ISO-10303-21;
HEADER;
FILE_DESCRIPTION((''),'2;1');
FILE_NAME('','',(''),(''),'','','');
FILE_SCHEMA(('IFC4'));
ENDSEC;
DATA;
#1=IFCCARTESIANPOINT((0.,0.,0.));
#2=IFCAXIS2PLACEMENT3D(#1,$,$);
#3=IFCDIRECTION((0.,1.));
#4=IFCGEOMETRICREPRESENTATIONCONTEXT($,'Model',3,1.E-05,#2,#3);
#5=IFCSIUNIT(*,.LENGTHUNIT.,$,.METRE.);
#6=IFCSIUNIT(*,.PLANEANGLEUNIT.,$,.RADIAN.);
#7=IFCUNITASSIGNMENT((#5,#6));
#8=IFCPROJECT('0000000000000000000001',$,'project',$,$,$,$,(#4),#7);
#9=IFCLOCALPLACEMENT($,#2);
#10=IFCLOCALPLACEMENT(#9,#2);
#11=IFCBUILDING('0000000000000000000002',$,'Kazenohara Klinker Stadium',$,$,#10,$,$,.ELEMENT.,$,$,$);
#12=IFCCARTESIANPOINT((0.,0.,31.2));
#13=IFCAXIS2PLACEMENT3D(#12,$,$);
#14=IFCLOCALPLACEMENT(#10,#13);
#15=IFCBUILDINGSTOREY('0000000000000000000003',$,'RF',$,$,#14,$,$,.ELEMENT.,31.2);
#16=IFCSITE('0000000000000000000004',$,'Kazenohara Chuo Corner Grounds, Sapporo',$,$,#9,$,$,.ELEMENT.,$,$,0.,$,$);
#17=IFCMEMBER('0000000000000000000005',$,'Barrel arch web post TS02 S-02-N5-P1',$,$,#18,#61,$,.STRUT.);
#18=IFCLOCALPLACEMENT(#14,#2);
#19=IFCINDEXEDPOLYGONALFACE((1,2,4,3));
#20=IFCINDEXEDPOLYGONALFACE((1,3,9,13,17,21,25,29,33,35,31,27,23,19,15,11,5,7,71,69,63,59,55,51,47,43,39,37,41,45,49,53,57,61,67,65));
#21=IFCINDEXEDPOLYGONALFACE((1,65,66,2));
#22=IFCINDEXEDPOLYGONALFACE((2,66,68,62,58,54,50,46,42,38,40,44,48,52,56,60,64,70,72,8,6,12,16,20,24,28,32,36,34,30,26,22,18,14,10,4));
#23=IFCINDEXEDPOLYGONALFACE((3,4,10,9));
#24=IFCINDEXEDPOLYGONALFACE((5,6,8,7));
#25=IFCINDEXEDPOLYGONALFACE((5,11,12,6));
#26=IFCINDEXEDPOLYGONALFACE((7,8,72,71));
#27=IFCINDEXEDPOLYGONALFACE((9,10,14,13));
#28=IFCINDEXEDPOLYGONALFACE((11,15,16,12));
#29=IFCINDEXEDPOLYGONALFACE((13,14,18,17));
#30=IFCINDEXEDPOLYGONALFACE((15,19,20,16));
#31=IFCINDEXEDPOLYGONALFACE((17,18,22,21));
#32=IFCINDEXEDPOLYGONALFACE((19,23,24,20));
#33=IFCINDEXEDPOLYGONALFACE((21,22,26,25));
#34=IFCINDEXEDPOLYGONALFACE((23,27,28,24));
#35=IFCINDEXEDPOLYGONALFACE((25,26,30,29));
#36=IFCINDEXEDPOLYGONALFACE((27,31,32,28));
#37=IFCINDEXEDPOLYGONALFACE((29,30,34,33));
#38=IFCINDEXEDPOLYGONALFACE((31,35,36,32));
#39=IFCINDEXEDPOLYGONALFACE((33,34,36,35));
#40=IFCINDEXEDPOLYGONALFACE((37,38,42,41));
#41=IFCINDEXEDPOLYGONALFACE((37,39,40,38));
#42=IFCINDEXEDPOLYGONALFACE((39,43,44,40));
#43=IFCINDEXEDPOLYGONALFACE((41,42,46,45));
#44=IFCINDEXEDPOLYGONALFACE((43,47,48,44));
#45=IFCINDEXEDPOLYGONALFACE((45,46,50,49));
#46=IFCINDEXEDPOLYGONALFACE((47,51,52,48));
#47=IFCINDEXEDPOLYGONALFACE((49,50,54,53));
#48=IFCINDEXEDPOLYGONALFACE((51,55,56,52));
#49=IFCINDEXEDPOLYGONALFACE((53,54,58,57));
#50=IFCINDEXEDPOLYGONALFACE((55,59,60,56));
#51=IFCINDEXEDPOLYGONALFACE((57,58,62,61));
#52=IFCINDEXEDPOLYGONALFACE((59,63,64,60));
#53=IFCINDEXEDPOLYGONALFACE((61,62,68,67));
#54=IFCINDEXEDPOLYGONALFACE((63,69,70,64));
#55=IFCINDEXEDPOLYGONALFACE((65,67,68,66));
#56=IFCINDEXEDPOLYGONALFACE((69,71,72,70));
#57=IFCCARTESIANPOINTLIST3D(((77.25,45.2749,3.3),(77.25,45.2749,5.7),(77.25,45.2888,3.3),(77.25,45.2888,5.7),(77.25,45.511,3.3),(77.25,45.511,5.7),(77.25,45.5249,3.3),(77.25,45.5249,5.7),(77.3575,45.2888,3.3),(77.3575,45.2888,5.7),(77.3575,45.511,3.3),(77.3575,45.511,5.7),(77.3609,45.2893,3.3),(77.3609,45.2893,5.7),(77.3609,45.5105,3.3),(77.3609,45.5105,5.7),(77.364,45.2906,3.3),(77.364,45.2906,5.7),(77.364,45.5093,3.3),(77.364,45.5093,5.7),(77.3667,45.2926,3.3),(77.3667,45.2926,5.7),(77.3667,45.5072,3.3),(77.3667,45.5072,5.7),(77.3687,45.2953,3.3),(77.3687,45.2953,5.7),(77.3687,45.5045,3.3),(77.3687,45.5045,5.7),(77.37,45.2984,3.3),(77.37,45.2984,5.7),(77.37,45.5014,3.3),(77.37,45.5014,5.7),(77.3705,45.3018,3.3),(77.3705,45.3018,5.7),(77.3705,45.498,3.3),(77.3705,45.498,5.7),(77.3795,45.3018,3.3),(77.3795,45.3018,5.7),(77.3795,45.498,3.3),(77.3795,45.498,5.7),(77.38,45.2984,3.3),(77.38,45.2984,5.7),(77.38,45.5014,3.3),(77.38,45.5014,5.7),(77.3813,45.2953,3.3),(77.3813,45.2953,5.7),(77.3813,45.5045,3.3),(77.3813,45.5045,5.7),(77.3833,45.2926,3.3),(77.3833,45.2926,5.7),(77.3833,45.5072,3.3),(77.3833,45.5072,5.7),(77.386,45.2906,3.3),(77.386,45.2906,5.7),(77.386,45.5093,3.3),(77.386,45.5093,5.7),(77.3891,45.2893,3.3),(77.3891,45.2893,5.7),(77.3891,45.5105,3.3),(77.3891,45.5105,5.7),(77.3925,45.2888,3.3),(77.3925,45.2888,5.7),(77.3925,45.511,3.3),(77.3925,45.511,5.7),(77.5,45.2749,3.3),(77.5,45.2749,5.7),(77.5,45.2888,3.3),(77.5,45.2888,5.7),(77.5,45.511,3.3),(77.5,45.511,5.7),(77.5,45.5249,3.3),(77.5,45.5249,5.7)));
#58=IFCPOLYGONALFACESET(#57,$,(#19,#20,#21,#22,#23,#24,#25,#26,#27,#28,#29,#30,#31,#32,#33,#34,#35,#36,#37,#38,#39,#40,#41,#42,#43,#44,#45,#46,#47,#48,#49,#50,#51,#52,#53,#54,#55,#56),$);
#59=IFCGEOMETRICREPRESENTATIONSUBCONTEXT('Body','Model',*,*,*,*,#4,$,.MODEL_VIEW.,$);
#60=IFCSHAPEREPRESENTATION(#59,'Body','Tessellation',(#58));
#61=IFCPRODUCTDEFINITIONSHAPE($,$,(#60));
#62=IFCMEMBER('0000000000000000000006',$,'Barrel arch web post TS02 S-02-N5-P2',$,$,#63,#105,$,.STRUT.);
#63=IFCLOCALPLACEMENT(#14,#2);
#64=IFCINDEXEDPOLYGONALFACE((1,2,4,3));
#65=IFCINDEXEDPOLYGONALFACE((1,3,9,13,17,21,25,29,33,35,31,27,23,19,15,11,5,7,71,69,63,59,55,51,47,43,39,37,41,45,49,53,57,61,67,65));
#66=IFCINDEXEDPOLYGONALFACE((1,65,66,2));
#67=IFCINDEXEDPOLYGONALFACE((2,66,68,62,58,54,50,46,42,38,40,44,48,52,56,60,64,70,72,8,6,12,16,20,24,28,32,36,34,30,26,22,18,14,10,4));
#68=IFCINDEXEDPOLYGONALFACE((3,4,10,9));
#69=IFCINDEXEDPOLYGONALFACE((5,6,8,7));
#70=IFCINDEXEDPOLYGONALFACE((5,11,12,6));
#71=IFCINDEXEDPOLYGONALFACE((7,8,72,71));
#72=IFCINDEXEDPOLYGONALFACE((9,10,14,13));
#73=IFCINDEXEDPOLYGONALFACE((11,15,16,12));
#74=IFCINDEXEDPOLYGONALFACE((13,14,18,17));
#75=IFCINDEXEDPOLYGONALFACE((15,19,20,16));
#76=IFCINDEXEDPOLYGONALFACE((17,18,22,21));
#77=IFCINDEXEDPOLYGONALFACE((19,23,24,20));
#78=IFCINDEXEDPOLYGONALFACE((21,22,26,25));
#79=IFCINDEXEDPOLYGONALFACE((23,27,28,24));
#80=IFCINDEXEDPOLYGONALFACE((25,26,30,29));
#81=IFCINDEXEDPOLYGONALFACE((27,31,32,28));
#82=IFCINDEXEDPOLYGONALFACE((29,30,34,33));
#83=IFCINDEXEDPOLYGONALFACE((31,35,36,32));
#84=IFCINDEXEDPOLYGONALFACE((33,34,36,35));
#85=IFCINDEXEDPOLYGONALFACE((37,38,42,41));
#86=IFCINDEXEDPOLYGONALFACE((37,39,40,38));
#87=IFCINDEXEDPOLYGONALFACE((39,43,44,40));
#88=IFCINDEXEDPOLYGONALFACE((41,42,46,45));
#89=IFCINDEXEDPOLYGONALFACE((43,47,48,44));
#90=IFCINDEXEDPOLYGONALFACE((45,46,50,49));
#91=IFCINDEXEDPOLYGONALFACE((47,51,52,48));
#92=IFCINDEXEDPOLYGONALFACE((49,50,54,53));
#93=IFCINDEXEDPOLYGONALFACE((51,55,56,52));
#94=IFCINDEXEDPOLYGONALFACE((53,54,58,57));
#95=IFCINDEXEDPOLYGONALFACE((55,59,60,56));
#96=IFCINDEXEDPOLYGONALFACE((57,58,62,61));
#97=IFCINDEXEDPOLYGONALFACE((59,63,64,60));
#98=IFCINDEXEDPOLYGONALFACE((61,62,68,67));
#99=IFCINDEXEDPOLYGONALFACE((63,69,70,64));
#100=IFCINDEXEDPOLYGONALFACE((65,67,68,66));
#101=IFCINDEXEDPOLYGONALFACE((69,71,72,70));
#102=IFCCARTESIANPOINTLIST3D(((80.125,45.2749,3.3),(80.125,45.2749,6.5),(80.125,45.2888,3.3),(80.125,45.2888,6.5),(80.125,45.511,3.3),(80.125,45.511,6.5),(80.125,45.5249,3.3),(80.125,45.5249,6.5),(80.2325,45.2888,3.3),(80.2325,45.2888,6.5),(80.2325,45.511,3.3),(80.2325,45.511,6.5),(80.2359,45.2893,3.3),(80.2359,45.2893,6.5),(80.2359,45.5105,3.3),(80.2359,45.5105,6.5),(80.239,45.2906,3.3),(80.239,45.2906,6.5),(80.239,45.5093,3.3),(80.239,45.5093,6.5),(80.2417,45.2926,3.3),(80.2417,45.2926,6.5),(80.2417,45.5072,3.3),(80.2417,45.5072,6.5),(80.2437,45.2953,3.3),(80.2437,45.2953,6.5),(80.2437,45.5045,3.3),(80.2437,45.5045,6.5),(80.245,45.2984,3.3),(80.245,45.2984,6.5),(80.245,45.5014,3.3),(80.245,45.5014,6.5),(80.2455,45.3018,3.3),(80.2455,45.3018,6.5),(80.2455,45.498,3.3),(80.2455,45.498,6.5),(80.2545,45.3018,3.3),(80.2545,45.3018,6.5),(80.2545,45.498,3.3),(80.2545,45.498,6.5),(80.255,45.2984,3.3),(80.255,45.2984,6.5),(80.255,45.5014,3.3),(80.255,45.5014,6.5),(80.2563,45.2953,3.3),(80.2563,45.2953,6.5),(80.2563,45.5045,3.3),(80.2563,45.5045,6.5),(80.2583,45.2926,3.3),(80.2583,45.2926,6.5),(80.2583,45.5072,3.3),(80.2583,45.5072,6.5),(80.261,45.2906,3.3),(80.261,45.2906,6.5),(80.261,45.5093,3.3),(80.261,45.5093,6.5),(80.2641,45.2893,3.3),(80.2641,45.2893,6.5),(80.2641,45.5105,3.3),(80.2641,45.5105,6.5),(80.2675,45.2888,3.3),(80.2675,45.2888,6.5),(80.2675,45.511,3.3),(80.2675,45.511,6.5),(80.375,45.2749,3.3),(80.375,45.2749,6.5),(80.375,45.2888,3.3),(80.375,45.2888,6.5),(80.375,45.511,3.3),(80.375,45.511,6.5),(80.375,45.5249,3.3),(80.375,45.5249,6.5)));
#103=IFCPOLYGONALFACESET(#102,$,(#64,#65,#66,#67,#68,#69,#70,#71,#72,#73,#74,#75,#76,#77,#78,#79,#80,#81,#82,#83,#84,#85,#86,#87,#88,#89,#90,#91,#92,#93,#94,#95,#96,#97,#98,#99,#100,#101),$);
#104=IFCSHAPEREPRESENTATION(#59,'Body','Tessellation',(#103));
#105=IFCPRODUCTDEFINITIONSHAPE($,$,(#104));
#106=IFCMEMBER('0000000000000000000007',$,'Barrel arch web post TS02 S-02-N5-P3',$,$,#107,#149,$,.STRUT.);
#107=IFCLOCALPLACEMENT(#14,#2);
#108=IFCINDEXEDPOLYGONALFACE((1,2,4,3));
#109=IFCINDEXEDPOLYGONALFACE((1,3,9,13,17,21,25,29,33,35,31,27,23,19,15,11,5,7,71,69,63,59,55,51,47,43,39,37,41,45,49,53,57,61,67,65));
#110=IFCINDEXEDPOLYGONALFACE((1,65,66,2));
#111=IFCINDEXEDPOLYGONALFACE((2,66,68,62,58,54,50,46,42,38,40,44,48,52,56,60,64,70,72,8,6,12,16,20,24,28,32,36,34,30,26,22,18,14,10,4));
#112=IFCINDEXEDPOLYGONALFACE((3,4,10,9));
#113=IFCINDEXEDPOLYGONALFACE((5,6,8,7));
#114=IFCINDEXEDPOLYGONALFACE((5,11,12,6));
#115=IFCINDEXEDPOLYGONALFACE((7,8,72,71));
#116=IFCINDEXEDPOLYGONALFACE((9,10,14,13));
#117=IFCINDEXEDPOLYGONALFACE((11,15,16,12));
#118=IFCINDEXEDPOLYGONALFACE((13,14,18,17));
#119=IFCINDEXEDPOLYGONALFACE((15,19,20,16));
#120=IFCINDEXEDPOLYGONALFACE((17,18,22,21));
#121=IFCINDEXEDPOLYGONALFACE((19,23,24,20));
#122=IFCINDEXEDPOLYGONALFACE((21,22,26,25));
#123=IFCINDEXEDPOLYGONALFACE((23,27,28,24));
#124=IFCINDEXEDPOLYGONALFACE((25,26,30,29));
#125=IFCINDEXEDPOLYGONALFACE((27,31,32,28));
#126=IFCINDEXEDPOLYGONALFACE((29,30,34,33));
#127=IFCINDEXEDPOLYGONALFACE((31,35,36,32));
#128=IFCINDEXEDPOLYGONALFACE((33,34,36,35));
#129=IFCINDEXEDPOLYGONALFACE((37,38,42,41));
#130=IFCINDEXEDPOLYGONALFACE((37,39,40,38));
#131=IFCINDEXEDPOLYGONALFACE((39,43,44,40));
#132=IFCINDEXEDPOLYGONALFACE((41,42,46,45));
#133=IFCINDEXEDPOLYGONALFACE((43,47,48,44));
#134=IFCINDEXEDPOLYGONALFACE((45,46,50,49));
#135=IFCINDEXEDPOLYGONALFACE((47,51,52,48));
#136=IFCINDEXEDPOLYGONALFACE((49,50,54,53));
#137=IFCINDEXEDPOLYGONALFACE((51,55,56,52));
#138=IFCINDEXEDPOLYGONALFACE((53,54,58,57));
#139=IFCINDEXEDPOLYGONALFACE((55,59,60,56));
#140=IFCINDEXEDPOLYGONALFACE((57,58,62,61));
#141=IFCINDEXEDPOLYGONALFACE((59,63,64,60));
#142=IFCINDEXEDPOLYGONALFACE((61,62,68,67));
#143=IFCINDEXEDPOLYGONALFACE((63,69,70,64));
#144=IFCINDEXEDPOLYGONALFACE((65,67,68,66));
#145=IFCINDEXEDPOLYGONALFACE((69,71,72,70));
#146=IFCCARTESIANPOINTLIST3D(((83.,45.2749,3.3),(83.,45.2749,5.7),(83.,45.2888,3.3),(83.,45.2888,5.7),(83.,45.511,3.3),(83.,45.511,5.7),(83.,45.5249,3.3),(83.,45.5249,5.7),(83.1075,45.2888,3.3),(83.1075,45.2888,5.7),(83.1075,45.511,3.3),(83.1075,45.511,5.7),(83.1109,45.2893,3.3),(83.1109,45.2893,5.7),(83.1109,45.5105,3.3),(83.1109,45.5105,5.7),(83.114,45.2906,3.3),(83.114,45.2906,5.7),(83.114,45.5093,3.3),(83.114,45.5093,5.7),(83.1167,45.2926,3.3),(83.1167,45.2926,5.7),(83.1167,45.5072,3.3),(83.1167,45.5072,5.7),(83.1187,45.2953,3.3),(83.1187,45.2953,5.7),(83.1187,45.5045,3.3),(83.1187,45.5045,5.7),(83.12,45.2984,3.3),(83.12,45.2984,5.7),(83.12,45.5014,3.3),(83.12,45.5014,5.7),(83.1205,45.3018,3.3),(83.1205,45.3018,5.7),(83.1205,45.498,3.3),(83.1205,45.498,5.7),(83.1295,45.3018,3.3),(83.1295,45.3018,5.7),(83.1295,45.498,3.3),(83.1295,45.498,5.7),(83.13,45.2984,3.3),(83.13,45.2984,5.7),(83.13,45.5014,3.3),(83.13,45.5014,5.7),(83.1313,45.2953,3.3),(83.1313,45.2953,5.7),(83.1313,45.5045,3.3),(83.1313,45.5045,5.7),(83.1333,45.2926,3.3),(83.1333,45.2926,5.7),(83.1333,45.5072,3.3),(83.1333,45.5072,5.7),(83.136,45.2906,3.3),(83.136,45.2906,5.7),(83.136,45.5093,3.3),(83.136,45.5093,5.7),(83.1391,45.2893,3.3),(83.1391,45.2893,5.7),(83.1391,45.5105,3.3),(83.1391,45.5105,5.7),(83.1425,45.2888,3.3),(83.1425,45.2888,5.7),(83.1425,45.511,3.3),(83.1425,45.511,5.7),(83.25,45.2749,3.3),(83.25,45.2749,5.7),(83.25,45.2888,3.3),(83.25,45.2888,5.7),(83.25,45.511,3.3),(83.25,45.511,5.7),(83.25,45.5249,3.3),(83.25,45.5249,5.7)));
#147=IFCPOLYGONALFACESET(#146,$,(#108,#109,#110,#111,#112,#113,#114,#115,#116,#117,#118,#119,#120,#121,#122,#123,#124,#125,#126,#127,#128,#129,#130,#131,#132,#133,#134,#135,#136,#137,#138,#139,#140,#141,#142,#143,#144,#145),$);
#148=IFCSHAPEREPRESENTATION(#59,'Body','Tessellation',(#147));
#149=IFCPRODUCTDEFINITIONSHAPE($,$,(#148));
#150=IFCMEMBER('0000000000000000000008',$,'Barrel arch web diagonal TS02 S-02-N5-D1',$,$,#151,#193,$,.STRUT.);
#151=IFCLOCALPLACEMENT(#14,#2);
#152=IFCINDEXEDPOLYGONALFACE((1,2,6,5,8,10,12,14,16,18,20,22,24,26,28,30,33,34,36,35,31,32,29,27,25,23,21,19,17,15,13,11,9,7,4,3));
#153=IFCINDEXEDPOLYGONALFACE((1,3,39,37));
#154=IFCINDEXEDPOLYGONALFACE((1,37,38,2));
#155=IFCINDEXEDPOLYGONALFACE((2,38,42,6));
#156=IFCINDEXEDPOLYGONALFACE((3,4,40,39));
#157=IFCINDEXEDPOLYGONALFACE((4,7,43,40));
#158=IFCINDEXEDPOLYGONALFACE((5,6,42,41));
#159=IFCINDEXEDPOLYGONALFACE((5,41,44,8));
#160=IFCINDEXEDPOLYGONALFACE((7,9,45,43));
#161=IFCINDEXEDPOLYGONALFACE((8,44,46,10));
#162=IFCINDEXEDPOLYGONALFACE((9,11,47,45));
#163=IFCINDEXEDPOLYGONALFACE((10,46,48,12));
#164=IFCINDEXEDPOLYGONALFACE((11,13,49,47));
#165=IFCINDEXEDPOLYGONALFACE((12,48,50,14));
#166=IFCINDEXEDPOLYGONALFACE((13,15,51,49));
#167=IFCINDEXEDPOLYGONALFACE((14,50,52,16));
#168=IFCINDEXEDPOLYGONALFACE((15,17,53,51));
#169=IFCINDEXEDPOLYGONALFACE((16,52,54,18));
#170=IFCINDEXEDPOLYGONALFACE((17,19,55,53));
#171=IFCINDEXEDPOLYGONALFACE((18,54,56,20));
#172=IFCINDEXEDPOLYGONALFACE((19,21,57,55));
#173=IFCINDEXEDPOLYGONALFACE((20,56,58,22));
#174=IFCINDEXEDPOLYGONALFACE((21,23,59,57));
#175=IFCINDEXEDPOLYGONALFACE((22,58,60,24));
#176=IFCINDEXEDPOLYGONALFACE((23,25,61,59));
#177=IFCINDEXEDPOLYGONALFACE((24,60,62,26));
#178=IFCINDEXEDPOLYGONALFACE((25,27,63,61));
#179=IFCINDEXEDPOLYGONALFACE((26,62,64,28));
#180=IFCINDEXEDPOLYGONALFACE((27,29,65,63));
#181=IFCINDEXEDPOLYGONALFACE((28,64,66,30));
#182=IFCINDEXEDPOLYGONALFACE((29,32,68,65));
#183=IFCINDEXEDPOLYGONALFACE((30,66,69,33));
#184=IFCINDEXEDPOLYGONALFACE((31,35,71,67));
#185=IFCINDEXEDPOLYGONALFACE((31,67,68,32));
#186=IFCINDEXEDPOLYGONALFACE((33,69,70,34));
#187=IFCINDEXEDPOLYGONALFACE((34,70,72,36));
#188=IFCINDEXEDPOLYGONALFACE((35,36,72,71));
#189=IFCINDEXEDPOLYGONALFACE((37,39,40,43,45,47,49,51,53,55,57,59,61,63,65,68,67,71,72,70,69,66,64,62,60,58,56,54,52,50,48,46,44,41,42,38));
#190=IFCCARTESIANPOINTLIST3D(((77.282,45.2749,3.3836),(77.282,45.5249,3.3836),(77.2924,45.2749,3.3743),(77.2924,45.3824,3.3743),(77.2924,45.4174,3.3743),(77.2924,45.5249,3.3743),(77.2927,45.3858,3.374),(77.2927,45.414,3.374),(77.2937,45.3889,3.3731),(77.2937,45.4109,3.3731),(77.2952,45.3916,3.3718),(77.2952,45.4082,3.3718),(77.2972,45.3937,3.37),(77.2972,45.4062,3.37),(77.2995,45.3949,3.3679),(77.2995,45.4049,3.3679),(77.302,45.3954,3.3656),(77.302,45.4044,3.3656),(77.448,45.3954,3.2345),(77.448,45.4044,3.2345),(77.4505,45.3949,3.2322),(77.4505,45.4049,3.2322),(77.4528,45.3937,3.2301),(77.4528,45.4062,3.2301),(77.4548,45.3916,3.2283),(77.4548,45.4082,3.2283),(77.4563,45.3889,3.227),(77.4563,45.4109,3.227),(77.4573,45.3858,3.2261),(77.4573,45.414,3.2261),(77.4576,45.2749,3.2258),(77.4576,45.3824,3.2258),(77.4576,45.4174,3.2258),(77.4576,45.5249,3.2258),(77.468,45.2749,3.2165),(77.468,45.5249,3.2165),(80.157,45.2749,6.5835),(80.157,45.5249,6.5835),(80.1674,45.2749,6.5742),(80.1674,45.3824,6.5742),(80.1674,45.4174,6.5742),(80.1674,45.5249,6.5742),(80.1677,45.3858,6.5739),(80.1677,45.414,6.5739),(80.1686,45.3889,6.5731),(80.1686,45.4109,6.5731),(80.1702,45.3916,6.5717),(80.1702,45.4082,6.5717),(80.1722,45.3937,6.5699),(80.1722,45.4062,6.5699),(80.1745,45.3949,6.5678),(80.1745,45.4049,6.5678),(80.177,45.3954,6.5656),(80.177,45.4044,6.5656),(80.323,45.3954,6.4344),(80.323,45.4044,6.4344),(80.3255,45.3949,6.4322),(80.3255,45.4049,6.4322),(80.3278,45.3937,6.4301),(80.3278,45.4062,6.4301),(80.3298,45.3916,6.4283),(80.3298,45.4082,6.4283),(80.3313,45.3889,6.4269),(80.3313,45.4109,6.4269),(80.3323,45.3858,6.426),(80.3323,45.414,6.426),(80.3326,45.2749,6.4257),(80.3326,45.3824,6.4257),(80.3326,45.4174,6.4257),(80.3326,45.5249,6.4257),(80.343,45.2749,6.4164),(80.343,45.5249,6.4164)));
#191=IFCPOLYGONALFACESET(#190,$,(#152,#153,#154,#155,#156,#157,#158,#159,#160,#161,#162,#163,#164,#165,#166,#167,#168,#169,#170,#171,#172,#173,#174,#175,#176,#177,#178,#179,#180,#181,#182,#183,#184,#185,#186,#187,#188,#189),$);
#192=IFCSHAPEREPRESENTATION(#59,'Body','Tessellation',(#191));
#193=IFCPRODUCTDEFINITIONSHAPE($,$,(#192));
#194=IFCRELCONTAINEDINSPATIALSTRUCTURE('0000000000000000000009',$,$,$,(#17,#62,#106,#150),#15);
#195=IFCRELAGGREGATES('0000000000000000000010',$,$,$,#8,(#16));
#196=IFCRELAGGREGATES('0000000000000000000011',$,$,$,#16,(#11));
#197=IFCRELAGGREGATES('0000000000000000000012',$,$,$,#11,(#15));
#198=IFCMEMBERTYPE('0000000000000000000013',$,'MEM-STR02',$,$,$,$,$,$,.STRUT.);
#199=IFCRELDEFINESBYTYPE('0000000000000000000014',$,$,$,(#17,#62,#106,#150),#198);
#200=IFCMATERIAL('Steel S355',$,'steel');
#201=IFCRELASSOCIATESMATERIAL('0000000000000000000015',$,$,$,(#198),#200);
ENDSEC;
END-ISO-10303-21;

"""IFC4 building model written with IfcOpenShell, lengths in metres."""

from ifc_helpers import new_model, si_unit, direction, frame, origin, origin_2d, place, context, subcontext, project, spatial, i_section, extrude, material, material_profile, profile_set, type_object, element, save


model = new_model("IFC4")

# Units and contexts
model_context = context("Model", 3, precision=1e-05, world=origin(), true_north=direction((0.0, 1.0)))
body_context = subcontext(model_context, "Body", "Model", "MODEL_VIEW")
ifc_project = project(units=[si_unit("LENGTHUNIT", "METRE"), si_unit("PLANEANGLEUNIT", "RADIAN")], contexts=[model_context])

# Site, building, storey
site_placement = place(None, origin())
site = spatial("IfcSite", under=ifc_project, at=site_placement, Name="Kazenohara Chuo Corner Grounds, Sapporo", CompositionType="ELEMENT", RefElevation=0.0)
building_placement = place(site_placement, origin())
building = spatial("IfcBuilding", under=site, at=building_placement, Name="Kazenohara Klinker Stadium", CompositionType="ELEMENT")
storey_placement = place(building_placement, frame((0.0, 0.0, 31.2)))
storey = spatial("IfcBuildingStorey", under=building, at=storey_placement, Name="RF", CompositionType="ELEMENT", Elevation=31.2)

# Members
ifc_material = material(Name="Steel S355", Category="steel")
ifc_material_profile_1 = material_profile(ifc_material, i_section(OverallWidth=0.25, OverallDepth=0.25, WebThickness=0.009, FlangeThickness=0.0139, FilletRadius=0.0129, at=origin_2d()), Name="H-250x250x9x14")
ifc_profile_set_1 = profile_set([ifc_material_profile_1], Name="Steel S355")
member_type_1 = type_object("IfcMemberType", Name="MEM-STR02", PredefinedType="STRUT", material=ifc_profile_set_1)
member_1_placement = place(storey_placement, frame((77.375, 45.3999, 3.3), z_axis=(0.0, 0.0, 1.0), x_axis=(1.0, 0.0, 0.0)))
element("IfcMember", 1, at=member_1_placement, inside=storey, type_object=member_type_1, Name="Barrel arch web post TS02 S-02-N5-P1", PredefinedType="STRUT", context=body_context, shape_type="SweptSolid", body=[
    extrude(i_section(OverallWidth=0.25, OverallDepth=0.25, WebThickness=0.009, FlangeThickness=0.0139, FilletRadius=0.0129, at=origin_2d()), origin(), (0.0, 0.0, 1.0), 2.3999),
])
member_2_placement = place(storey_placement, frame((80.25, 45.3999, 3.3), z_axis=(0.0, 0.0, 1.0), x_axis=(1.0, 0.0, 0.0)))
element("IfcMember", 2, at=member_2_placement, inside=storey, type_object=member_type_1, Name="Barrel arch web post TS02 S-02-N5-P2", PredefinedType="STRUT", context=body_context, shape_type="SweptSolid", body=[
    extrude(i_section(OverallWidth=0.25, OverallDepth=0.25, WebThickness=0.009, FlangeThickness=0.0139, FilletRadius=0.0129, at=origin_2d()), origin(), (0.0, 0.0, 1.0), 3.2),
])
member_3_placement = place(storey_placement, frame((83.125, 45.3999, 3.3), z_axis=(0.0, 0.0, 1.0), x_axis=(1.0, 0.0, 0.0)))
element("IfcMember", 3, at=member_3_placement, inside=storey, type_object=member_type_1, Name="Barrel arch web post TS02 S-02-N5-P3", PredefinedType="STRUT", context=body_context, shape_type="SweptSolid", body=[
    extrude(i_section(OverallWidth=0.25, OverallDepth=0.25, WebThickness=0.009, FlangeThickness=0.0139, FilletRadius=0.0129, at=origin_2d()), origin(), (0.0, 0.0, 1.0), 2.3999),
])
for number, where, z_axis, x_axis, name in (
    (4, (77.375, 45.3999, 3.3), (0.668328, 0.0, 0.743867), (0.0, 1.0, 0.0), "Barrel arch web diagonal TS02 S-02-N5-D1"),
):
    element("IfcMember", number, at=place(storey_placement, frame(where, z_axis=z_axis, x_axis=x_axis)), inside=storey, type_object=member_type_1, Name=name, PredefinedType="STRUT", context=body_context, shape_type="SweptSolid", body=[
        extrude(i_section(OverallWidth=0.25, OverallDepth=0.25, WebThickness=0.009, FlangeThickness=0.0139, FilletRadius=0.0129, at=origin_2d()), origin(), (0.0, 0.0, 1.0), 4.3018),
    ])

save(model, "model.ifc")
